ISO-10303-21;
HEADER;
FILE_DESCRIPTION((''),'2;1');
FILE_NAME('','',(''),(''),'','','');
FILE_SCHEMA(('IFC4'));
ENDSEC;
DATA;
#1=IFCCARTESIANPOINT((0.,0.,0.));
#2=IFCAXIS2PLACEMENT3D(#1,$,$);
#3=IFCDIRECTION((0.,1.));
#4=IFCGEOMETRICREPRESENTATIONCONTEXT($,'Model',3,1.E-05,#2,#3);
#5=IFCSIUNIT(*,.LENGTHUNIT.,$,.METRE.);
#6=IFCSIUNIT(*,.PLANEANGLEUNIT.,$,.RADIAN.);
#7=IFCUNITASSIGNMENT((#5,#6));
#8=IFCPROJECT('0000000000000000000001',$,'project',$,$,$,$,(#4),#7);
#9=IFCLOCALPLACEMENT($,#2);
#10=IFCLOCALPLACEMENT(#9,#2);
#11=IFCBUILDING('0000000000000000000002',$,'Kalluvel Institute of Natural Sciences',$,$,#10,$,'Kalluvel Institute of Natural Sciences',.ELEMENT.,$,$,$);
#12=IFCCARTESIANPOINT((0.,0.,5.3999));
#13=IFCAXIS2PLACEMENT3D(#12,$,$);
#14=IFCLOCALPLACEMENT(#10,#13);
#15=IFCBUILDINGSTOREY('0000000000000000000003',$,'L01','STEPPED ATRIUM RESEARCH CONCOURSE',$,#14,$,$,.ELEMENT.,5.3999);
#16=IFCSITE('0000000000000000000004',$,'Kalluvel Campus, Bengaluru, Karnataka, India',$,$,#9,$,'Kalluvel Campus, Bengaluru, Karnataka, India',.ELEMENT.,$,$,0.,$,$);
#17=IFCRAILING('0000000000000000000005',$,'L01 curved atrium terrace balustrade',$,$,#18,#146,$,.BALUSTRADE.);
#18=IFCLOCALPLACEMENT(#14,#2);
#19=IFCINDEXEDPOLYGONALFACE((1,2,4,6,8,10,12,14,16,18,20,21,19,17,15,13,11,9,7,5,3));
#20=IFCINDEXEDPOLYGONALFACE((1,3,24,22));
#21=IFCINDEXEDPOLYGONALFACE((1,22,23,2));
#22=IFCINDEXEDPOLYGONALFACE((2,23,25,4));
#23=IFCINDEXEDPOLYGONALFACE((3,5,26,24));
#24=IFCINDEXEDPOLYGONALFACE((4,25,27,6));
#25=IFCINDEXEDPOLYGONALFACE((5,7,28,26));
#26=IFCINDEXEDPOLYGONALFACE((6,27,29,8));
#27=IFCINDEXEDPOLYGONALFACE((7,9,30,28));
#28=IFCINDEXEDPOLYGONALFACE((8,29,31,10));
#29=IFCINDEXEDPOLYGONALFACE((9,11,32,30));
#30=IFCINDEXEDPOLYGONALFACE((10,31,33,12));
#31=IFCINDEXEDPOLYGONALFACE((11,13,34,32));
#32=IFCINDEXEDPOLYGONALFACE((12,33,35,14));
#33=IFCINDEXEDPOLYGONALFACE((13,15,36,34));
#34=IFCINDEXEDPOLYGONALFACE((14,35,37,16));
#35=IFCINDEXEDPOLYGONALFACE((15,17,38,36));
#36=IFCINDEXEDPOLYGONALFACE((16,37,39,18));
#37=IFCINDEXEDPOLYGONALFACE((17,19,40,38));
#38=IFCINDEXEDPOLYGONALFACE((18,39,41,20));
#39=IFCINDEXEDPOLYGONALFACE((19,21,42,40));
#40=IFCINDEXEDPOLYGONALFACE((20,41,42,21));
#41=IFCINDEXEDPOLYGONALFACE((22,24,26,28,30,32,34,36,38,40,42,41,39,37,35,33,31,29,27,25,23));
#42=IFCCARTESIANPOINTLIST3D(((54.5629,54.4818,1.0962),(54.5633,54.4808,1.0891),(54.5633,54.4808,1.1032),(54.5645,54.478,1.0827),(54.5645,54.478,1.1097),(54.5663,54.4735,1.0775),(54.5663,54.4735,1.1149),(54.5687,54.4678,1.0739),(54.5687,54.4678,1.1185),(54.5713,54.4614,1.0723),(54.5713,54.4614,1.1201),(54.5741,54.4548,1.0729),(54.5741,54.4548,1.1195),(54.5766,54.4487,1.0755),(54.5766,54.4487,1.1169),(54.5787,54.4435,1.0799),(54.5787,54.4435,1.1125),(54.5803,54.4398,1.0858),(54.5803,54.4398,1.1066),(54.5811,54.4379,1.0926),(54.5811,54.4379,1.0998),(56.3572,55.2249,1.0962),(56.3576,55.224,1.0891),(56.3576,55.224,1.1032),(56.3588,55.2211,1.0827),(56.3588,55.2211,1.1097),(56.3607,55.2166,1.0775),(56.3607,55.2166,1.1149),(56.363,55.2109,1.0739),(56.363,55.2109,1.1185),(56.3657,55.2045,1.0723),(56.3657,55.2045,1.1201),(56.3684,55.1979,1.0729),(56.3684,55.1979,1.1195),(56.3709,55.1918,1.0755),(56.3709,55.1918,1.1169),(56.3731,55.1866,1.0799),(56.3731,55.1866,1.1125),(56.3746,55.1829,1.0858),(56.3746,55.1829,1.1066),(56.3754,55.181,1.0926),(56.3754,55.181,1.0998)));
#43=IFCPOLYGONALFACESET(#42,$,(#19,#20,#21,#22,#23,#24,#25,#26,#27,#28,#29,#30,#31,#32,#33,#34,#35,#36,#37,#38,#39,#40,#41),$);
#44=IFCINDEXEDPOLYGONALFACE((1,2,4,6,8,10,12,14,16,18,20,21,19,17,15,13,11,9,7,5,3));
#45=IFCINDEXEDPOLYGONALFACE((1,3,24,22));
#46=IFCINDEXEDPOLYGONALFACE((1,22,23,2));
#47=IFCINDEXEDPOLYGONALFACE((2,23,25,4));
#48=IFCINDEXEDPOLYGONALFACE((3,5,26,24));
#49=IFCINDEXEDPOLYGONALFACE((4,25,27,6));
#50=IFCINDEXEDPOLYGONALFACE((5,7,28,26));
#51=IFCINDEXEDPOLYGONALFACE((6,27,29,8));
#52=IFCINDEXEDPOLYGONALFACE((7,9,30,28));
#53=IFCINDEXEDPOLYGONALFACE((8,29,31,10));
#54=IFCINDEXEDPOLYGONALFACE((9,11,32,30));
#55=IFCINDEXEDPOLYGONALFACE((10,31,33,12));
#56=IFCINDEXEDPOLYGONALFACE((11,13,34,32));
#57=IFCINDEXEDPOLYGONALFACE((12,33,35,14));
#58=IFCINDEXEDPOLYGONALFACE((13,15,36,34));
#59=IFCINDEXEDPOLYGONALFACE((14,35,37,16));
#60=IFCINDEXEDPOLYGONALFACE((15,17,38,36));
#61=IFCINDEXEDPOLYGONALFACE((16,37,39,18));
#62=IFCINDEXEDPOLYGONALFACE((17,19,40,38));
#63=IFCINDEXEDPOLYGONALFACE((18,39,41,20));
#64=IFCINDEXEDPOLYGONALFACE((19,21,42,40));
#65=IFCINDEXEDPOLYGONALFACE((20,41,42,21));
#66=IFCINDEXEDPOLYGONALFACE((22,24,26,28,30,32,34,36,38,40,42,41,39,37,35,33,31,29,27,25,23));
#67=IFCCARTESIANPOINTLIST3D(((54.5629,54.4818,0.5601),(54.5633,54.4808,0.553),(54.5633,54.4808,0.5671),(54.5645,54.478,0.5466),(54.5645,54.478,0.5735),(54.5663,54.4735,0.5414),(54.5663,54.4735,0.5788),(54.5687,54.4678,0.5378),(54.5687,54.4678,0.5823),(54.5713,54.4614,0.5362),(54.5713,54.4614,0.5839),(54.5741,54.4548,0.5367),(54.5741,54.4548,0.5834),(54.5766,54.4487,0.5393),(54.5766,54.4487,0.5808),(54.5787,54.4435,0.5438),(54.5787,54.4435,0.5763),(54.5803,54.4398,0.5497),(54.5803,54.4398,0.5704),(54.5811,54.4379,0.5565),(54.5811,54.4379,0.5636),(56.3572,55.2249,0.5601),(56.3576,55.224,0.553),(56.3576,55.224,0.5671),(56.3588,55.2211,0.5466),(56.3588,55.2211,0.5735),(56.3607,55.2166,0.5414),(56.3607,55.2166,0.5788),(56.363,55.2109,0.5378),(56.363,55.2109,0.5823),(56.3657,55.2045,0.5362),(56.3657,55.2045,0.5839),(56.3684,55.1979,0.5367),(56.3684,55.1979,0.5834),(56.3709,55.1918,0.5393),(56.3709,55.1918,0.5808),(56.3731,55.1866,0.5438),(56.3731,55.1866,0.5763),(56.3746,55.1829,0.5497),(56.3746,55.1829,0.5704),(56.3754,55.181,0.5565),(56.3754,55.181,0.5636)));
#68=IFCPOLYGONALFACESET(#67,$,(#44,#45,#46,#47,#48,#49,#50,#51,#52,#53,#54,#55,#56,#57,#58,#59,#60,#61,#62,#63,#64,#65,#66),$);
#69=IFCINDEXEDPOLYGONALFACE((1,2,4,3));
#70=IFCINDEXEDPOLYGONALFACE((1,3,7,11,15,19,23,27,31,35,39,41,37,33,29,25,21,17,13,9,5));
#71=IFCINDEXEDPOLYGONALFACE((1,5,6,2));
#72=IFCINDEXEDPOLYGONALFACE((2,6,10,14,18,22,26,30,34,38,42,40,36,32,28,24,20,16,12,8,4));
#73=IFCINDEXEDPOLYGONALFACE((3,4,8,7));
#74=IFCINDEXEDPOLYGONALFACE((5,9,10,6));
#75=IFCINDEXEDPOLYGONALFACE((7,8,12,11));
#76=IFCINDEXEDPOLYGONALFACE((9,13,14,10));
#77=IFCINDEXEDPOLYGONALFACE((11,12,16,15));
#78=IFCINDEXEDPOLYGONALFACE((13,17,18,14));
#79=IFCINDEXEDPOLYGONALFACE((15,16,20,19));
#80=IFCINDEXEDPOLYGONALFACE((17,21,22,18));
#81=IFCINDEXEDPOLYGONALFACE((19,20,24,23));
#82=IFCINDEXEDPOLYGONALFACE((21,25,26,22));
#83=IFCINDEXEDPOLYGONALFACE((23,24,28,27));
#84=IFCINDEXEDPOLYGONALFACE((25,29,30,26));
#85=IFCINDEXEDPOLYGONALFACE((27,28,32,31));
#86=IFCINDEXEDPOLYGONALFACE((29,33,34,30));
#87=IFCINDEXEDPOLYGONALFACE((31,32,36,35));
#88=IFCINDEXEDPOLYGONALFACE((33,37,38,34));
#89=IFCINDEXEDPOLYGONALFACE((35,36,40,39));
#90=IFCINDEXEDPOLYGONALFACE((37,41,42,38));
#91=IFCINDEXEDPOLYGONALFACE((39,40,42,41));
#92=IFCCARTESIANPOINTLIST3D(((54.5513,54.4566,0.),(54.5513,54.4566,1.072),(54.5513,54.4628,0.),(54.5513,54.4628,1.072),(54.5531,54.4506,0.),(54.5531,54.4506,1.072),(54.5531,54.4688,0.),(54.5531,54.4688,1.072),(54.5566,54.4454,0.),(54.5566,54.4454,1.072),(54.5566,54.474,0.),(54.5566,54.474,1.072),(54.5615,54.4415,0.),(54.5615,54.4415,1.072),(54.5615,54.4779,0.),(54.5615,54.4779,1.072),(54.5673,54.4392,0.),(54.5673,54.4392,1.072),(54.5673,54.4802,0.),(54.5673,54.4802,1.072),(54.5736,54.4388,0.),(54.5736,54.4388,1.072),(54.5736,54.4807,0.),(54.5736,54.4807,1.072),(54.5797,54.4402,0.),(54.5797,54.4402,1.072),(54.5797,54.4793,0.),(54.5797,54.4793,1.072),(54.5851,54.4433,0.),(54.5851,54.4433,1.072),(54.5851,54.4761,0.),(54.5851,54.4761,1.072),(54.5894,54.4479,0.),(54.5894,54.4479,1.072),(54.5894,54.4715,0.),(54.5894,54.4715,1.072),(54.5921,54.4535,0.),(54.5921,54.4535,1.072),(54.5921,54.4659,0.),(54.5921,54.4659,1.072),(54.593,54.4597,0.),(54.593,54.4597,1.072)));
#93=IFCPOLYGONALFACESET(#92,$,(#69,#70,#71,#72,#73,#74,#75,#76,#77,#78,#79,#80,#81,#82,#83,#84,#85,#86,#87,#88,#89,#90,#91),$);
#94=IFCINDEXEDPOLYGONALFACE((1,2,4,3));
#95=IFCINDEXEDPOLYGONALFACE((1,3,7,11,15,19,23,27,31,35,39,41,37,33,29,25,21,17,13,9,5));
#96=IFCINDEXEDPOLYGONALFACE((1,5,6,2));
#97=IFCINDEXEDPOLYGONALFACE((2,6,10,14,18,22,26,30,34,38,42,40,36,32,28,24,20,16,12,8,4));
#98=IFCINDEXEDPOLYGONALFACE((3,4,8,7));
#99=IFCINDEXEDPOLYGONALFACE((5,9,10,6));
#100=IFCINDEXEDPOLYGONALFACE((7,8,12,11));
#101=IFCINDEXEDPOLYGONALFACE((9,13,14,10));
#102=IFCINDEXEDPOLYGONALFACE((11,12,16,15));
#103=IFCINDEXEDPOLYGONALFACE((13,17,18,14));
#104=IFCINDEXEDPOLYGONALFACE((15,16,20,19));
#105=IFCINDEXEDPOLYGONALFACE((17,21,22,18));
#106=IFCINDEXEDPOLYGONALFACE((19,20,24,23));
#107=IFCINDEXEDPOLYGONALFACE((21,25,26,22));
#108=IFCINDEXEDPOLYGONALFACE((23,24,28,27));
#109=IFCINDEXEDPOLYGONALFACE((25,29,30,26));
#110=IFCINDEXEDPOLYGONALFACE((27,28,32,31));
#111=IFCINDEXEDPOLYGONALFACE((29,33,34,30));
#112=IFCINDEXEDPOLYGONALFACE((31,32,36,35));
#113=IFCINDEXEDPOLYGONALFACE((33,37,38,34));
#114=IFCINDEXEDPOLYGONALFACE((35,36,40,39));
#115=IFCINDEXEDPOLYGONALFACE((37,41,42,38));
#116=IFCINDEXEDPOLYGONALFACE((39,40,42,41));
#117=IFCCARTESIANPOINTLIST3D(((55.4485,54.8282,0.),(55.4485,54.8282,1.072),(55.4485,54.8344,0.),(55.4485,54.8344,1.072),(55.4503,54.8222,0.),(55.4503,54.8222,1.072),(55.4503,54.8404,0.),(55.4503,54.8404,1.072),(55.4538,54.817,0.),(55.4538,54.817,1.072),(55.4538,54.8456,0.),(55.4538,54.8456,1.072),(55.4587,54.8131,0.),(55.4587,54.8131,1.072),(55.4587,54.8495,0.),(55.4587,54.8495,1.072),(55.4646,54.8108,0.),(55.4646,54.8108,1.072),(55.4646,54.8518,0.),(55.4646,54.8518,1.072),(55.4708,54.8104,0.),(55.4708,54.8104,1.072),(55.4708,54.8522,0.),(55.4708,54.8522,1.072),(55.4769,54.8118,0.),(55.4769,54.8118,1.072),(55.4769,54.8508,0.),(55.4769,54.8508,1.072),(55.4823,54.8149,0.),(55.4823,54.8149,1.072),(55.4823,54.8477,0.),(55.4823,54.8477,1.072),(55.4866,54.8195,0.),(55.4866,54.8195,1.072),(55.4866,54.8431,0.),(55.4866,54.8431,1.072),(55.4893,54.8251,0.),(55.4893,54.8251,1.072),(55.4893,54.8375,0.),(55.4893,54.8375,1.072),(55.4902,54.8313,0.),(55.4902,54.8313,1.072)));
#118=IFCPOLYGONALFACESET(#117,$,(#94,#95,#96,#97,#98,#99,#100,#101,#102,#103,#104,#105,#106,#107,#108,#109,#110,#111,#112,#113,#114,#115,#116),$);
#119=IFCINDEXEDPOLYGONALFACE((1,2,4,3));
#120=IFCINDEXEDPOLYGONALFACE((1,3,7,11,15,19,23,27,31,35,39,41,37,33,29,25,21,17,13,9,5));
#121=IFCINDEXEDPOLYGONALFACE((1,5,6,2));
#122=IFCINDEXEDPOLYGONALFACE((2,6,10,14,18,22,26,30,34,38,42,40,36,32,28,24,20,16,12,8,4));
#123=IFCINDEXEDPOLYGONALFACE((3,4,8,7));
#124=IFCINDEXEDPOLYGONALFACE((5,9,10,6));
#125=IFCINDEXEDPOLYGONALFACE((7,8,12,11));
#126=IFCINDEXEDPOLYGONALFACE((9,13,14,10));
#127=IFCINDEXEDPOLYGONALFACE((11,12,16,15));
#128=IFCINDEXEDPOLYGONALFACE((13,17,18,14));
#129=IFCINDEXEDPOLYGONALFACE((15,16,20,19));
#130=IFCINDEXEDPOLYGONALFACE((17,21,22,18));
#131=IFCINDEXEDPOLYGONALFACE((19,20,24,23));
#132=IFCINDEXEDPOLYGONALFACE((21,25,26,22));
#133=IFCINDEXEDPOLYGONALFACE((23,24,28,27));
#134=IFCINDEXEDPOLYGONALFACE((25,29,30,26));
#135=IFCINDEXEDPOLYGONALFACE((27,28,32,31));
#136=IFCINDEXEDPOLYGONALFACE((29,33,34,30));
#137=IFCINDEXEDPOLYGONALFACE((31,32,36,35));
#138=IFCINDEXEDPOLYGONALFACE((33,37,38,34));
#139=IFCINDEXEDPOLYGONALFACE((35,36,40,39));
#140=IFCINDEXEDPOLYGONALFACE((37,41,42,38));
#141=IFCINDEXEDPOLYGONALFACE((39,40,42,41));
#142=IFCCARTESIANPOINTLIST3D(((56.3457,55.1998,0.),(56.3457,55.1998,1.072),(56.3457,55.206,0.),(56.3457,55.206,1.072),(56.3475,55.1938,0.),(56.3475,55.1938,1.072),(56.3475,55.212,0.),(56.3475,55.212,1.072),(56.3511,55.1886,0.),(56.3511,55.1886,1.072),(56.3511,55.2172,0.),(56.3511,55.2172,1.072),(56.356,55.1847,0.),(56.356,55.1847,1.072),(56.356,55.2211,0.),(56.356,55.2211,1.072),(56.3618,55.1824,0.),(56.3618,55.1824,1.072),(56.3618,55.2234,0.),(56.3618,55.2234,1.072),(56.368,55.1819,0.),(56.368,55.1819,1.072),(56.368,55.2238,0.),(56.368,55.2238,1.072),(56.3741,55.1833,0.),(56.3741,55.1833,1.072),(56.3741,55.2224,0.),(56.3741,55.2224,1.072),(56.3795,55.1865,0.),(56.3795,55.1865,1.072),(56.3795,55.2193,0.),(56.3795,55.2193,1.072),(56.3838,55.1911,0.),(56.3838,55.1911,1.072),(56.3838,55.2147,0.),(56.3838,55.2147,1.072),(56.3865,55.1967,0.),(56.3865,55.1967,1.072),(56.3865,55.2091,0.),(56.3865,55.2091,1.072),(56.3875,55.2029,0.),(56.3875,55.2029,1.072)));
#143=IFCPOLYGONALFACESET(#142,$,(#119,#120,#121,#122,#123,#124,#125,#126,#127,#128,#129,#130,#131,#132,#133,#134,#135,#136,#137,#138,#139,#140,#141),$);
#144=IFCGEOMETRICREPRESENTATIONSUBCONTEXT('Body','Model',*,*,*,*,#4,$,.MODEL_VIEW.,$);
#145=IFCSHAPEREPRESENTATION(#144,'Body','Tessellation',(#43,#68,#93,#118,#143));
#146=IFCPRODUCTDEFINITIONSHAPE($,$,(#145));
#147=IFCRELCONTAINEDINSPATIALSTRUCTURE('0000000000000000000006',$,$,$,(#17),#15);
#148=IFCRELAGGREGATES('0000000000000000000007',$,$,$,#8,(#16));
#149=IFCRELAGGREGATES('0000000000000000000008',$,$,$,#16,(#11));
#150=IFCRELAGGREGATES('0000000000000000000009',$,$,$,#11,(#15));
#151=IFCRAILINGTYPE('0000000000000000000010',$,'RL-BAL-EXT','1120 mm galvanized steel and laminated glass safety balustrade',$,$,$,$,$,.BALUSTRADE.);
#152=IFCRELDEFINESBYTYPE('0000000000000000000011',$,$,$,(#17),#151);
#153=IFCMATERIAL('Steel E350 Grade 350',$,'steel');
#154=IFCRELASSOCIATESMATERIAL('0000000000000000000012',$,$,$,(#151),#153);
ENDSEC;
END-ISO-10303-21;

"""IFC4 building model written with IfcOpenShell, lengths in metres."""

from ifc_helpers import new_model, si_unit, direction, frame, origin, origin_2d, place, context, subcontext, project, spatial, circle, extrude, material, type_object, element, save


model = new_model("IFC4")

# Units and contexts
model_context = context("Model", 3, precision=1e-05, world=origin(), true_north=direction((0.0, 1.0)))
body_context = subcontext(model_context, "Body", "Model", "MODEL_VIEW")
ifc_project = project(units=[si_unit("LENGTHUNIT", "METRE"), si_unit("PLANEANGLEUNIT", "RADIAN")], contexts=[model_context])

# Site, building, storey
site_placement = place(None, origin())
site = spatial("IfcSite", under=ifc_project, at=site_placement, Name="Kalluvel Campus, Bengaluru, Karnataka, India", LongName="Kalluvel Campus, Bengaluru, Karnataka, India", CompositionType="ELEMENT", RefElevation=0.0)
building_placement = place(site_placement, origin())
building = spatial("IfcBuilding", under=site, at=building_placement, Name="Kalluvel Institute of Natural Sciences", LongName="Kalluvel Institute of Natural Sciences", CompositionType="ELEMENT")
storey_placement = place(building_placement, frame((0.0, 0.0, 5.3999)))
storey = spatial("IfcBuildingStorey", under=building, at=storey_placement, Name="L01", Description="STEPPED ATRIUM RESEARCH CONCOURSE", CompositionType="ELEMENT", Elevation=5.3999)

# Shared definitions
ifc_material_1 = material(Name="Steel E350 Grade 350", Category="steel")

# Railing
railing_type = type_object("IfcRailingType", Name="RL-BAL-EXT", Description="1120 mm galvanized steel and laminated glass safety balustrade", PredefinedType="BALUSTRADE", material=ifc_material_1)
railing_1_placement = place(storey_placement, frame((54.572, 54.4597, 0.0)))
element("IfcRailing", 1, at=railing_1_placement, inside=storey, type_object=railing_type, Name="L01 curved atrium terrace balustrade", PredefinedType="BALUSTRADE", context=body_context, shape_type="SweptSolid", body=[
    extrude(circle(Radius=0.0239, at=origin_2d()), frame((0.0, 0.0, 1.0962), z_axis=(0.9239, 0.382633, 0.0), x_axis=(-0.382633, 0.9239, 0.0)), (0.0, 0.0, 1.0), 1.9421),
    extrude(circle(Radius=0.0239, at=origin_2d()), frame((0.0, 0.0, 0.5601), z_axis=(0.9239, 0.382633, 0.0), x_axis=(-0.382633, 0.9239, 0.0)), (0.0, 0.0, 1.0), 1.9421),
    extrude(circle(Radius=0.021, at=origin_2d()), origin(), (0.0, 0.0, 1.0), 1.072),
    extrude(circle(Radius=0.021, at=origin_2d()), frame((0.8972, 0.3716, 0.0)), (0.0, 0.0, 1.0), 1.072),
    extrude(circle(Radius=0.021, at=origin_2d()), frame((1.7944, 0.7432, 0.0)), (0.0, 0.0, 1.0), 1.072),
])

save(model, "model.ifc")
